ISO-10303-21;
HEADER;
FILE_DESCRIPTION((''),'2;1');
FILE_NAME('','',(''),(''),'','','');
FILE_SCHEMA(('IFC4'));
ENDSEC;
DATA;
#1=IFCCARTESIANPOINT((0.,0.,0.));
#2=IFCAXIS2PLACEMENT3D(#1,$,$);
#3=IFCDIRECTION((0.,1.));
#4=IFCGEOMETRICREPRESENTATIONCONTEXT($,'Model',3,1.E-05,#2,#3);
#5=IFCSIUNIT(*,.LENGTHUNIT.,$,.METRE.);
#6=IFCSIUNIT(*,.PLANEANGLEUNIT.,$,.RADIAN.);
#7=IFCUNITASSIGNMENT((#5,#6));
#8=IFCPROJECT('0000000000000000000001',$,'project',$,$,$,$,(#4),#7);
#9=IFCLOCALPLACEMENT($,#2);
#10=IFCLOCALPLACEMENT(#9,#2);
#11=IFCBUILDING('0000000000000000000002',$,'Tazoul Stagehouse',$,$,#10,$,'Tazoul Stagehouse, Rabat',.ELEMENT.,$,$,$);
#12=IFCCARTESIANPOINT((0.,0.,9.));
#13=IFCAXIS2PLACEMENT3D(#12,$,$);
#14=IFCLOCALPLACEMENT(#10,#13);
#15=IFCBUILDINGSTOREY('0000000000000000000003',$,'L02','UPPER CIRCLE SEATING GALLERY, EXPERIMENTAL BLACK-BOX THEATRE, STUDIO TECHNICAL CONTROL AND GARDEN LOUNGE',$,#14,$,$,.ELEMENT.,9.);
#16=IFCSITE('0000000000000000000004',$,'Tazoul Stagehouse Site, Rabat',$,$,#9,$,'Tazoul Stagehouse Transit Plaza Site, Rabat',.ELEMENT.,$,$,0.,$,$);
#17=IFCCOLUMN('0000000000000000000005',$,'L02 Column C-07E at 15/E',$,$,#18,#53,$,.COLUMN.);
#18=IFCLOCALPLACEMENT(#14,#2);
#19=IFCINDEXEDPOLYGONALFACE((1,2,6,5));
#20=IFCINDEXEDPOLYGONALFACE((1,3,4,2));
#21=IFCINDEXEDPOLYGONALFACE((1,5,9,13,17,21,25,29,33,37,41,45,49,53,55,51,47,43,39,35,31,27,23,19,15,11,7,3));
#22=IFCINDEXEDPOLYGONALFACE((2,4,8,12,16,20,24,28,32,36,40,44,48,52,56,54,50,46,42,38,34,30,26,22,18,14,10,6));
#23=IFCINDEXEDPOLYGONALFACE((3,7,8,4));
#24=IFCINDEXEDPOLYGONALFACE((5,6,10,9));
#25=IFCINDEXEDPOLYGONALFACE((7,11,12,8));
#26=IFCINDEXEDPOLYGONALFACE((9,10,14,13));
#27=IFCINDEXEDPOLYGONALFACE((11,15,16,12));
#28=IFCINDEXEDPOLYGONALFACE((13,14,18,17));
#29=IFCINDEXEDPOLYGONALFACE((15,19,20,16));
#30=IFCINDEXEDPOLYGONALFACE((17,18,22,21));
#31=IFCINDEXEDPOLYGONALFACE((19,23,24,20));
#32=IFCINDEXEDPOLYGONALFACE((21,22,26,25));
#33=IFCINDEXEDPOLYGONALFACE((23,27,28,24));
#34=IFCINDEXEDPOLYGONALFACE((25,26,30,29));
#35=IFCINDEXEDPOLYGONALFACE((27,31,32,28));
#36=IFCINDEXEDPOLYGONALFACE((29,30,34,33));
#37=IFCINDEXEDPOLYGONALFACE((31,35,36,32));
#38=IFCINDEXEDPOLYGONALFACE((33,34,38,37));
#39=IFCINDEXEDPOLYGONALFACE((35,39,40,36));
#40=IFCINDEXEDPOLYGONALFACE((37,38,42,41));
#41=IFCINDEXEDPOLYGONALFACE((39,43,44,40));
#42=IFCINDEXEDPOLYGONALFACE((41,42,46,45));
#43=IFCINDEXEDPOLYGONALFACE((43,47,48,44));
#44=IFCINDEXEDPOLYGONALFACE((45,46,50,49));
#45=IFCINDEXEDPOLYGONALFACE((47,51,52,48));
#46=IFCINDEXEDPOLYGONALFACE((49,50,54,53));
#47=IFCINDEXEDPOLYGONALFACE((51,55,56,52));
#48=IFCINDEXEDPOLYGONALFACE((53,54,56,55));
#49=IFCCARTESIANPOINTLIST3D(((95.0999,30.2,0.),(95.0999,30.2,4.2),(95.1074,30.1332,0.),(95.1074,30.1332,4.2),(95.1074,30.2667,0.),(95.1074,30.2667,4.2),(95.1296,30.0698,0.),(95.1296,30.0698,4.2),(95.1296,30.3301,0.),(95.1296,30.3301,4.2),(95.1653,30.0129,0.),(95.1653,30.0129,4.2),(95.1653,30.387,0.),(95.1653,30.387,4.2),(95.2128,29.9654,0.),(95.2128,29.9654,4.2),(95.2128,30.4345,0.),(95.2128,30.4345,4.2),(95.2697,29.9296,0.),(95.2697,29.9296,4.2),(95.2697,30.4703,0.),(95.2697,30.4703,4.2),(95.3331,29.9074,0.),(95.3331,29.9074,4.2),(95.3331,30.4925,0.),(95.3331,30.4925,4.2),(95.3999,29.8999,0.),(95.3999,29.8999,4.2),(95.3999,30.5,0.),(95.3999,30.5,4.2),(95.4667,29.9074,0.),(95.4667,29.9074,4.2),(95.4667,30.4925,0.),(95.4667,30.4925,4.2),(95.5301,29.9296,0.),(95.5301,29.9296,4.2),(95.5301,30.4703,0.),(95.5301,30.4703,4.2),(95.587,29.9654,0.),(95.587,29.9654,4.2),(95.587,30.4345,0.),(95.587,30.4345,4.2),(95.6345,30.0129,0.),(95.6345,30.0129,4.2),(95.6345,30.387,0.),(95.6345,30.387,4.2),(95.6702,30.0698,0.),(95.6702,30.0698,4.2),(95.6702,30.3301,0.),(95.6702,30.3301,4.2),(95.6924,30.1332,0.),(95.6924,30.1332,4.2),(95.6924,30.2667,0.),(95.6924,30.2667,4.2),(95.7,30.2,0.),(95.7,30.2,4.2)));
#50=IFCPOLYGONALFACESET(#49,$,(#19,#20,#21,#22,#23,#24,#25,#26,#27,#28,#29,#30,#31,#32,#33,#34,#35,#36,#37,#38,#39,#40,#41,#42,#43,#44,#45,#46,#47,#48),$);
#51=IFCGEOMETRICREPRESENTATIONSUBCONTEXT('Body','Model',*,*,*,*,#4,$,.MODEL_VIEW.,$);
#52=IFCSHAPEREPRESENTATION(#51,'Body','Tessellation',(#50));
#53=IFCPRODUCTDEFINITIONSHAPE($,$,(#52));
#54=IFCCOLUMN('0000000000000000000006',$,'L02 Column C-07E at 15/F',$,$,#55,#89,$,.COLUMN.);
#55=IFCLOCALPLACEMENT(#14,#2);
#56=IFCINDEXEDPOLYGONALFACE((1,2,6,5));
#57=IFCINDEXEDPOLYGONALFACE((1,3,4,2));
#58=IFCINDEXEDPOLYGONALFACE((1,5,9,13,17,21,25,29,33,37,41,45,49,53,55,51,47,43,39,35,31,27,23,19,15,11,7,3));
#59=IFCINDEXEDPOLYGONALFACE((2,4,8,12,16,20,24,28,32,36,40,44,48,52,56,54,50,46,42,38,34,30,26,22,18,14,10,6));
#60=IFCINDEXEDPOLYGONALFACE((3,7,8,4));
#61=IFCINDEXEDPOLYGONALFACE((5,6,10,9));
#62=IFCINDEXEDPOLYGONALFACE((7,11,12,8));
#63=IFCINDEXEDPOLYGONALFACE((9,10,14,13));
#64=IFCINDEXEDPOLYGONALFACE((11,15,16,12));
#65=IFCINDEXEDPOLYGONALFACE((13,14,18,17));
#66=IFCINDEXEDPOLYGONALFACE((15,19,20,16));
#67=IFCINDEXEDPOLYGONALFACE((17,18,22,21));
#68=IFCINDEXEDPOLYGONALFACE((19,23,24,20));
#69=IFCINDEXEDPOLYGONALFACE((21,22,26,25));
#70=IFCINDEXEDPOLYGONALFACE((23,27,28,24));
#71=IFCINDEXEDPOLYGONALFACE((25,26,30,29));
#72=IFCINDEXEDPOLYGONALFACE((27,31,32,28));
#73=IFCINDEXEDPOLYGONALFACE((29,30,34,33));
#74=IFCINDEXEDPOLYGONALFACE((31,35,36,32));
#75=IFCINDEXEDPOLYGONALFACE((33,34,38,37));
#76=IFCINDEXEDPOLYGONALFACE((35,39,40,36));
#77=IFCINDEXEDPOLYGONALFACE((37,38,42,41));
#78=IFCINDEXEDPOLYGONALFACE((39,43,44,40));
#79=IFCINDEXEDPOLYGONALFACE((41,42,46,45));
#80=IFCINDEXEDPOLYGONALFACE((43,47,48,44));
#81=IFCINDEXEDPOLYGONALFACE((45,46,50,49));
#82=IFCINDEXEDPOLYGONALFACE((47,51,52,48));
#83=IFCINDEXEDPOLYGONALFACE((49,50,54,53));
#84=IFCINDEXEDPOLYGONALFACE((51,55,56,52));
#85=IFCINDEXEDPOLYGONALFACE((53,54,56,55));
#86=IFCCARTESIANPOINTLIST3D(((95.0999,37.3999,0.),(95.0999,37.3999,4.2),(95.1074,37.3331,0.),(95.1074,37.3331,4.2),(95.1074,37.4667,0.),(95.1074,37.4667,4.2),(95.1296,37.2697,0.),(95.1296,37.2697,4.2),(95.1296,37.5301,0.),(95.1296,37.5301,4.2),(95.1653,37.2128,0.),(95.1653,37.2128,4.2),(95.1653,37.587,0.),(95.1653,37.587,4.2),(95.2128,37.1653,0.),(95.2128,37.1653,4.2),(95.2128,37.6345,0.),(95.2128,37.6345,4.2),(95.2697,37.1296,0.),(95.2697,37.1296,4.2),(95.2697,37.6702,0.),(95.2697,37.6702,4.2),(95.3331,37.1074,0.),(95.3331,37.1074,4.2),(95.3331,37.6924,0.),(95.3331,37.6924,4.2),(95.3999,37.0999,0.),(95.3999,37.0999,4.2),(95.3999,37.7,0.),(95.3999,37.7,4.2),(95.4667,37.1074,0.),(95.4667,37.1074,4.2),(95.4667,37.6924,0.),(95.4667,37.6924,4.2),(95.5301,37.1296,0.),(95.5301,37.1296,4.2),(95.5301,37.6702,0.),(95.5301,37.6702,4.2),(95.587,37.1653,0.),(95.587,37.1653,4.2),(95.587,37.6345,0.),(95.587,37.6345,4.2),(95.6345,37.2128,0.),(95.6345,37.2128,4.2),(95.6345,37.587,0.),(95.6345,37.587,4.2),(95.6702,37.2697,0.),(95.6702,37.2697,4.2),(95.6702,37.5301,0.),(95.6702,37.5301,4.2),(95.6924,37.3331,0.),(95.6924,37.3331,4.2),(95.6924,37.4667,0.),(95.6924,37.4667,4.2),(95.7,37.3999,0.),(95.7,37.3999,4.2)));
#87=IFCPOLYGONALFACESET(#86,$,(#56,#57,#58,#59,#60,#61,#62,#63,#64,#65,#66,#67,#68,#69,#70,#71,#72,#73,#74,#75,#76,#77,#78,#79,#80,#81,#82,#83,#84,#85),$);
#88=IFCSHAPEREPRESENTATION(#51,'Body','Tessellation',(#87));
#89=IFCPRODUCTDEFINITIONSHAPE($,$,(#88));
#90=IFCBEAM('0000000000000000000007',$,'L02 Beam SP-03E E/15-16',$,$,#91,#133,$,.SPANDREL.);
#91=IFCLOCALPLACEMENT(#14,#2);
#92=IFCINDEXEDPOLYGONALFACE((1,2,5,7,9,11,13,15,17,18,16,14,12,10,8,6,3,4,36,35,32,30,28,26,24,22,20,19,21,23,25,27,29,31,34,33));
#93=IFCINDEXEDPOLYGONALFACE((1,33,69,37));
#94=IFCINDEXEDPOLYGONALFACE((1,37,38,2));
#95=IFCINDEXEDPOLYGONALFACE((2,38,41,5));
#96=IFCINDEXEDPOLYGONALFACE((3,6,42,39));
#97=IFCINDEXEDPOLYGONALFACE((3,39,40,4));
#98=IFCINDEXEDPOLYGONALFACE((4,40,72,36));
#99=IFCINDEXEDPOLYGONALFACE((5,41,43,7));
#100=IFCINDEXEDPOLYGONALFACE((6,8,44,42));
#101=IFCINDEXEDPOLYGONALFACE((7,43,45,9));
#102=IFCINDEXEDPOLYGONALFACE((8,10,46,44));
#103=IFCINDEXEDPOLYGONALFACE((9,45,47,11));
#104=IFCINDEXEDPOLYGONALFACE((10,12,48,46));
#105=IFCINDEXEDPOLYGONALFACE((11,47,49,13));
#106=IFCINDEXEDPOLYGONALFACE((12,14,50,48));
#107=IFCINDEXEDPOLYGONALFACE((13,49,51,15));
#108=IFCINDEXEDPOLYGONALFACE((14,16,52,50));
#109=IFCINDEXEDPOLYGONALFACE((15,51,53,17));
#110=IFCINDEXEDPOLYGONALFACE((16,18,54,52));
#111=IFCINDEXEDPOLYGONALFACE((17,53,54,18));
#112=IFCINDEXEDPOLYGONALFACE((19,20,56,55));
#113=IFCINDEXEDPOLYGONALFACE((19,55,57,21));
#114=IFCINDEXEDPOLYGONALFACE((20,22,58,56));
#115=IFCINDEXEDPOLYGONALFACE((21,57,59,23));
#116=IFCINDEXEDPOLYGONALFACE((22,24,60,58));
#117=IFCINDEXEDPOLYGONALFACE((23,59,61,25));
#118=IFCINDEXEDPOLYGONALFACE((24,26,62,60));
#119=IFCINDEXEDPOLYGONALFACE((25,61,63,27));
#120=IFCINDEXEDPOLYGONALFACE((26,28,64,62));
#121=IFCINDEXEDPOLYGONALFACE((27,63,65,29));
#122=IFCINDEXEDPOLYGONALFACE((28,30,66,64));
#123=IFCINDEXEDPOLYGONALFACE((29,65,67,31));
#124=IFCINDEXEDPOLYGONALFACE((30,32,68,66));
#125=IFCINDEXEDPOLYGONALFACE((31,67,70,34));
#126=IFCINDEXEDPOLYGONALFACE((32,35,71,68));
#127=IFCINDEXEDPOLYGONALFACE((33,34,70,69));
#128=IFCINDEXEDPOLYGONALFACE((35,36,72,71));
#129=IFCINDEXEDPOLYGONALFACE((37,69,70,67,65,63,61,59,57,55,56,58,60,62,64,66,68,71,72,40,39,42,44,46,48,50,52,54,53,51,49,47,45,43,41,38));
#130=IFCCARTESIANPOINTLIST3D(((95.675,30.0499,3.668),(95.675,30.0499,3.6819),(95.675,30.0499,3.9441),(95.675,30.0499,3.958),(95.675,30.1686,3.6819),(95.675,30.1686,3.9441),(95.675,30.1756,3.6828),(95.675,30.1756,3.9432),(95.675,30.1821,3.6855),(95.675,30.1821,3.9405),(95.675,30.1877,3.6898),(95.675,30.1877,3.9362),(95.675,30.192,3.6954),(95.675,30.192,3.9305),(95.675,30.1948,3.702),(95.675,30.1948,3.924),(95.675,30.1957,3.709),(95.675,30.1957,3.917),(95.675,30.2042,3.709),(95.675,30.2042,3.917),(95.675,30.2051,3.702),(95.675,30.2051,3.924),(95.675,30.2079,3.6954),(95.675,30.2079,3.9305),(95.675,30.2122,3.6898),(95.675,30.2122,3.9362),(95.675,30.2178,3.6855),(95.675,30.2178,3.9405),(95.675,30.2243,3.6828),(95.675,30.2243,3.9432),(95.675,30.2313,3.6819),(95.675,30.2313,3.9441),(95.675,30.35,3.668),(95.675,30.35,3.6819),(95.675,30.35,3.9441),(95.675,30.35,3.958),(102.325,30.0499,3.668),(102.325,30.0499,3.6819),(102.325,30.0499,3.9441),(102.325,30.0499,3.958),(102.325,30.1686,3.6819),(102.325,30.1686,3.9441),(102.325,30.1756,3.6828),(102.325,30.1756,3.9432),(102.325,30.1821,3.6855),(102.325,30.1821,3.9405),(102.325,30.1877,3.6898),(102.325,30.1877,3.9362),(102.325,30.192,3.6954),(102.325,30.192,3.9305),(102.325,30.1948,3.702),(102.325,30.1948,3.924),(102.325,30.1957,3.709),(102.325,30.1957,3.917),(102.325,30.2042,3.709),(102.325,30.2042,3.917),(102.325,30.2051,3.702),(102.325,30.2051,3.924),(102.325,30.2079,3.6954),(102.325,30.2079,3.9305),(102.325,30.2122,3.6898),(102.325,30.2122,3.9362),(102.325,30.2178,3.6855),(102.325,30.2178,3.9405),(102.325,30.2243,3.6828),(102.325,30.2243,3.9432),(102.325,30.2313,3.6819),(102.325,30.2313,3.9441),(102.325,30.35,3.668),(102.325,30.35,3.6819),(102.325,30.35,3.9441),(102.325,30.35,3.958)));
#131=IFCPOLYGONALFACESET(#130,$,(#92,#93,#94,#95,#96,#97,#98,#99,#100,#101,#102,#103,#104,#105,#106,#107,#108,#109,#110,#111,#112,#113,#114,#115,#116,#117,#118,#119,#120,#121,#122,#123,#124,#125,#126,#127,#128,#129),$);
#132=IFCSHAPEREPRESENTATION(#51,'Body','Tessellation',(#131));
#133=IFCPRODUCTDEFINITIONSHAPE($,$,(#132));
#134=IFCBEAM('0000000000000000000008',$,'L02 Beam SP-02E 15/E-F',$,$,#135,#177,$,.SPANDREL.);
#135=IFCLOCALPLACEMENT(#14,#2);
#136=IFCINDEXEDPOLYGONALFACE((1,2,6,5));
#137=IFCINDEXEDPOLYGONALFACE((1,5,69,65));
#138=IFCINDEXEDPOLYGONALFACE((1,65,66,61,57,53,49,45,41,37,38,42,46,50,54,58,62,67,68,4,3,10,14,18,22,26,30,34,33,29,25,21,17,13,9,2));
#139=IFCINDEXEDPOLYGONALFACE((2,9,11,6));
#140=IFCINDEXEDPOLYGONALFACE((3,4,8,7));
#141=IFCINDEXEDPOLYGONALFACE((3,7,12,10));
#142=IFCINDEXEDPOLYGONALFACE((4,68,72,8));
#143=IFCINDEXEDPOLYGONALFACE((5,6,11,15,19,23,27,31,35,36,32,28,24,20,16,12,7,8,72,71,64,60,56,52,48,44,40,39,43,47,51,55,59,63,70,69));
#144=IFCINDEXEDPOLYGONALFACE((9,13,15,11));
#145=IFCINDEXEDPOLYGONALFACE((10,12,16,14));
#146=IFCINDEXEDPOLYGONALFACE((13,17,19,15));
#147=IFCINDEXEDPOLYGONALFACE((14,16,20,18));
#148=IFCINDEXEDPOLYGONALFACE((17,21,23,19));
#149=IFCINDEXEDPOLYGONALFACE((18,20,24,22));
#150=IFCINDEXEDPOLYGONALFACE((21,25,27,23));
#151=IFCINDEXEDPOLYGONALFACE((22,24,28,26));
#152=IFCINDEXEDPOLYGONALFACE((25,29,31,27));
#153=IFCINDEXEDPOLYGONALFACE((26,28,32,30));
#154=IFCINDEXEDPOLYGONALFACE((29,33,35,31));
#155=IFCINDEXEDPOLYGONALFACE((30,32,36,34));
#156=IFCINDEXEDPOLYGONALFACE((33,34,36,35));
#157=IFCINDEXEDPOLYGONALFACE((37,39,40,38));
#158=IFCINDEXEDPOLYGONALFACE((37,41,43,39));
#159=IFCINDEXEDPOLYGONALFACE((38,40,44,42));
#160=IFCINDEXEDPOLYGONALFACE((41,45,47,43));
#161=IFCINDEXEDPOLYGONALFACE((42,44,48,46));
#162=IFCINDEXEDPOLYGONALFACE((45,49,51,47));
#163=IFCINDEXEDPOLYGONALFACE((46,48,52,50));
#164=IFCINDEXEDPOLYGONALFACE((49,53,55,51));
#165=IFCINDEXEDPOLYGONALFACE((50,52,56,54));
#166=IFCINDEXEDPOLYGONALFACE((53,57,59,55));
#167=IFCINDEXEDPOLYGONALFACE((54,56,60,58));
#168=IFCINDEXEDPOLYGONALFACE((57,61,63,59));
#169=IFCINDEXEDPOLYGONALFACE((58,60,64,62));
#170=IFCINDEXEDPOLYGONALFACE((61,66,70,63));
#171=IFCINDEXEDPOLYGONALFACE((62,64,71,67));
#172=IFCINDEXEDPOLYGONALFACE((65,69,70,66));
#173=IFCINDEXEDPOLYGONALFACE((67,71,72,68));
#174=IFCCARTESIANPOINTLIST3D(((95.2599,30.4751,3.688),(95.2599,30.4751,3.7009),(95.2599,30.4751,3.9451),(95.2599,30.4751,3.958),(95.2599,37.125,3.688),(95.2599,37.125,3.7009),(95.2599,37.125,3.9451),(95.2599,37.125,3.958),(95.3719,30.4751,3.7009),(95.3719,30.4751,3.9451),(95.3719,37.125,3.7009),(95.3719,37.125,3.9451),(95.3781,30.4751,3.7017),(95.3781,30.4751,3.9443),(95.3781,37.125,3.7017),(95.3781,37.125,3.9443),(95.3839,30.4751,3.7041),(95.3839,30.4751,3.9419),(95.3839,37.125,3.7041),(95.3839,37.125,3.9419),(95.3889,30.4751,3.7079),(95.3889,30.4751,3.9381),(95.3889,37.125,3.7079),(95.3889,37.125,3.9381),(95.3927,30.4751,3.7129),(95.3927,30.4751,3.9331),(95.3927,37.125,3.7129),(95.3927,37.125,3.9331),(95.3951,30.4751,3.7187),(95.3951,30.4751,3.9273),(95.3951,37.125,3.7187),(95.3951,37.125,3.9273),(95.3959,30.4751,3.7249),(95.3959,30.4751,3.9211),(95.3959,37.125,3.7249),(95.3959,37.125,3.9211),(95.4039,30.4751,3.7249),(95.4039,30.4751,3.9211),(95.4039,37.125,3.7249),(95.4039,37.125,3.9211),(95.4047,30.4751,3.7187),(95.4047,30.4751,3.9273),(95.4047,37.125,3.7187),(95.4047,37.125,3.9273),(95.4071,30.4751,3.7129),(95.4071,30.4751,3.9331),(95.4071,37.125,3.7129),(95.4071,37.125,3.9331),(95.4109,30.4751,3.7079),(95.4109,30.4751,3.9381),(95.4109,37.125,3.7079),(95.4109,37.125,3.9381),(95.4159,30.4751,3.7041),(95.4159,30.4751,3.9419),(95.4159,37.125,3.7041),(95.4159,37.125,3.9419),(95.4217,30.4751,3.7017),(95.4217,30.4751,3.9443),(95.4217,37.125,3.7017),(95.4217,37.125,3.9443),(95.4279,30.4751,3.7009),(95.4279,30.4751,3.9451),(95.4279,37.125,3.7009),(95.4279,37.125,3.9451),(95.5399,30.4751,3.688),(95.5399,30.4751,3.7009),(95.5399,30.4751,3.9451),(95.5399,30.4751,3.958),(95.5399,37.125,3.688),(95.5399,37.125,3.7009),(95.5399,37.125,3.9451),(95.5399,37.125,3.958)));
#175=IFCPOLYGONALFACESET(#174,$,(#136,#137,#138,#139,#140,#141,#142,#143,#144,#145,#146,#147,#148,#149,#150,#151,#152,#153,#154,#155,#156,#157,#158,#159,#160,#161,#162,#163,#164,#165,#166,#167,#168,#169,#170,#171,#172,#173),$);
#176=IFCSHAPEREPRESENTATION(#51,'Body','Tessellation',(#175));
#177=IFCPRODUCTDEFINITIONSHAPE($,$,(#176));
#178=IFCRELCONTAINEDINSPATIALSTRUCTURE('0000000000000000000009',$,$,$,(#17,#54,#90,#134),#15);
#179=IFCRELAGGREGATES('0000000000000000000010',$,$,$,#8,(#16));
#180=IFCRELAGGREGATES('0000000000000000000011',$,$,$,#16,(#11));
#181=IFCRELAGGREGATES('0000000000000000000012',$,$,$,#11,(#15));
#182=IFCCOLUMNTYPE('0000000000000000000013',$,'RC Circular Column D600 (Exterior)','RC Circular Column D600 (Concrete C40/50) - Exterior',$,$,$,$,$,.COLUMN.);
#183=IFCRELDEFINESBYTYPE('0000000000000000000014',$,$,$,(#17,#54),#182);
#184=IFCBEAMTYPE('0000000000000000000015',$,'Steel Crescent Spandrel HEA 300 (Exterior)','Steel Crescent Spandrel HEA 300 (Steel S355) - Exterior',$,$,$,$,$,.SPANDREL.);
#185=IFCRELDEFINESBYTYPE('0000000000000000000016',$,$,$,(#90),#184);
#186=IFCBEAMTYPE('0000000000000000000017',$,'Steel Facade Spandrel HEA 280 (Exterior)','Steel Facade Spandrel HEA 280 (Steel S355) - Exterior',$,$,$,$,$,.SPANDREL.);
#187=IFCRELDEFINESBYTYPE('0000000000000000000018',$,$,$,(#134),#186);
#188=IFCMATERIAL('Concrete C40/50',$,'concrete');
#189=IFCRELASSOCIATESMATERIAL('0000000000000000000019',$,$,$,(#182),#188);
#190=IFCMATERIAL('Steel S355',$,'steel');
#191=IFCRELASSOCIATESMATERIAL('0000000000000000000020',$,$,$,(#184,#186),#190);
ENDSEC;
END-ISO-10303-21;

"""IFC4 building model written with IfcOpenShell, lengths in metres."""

from ifc_helpers import new_model, si_unit, direction, frame, origin, origin_2d, place, context, subcontext, project, spatial, circle, i_section, extrude, material, material_profile, profile_set, type_object, element, save


model = new_model("IFC4")

# Units and contexts
model_context = context("Model", 3, precision=1e-05, world=origin(), true_north=direction((0.0, 1.0)))
body_context = subcontext(model_context, "Body", "Model", "MODEL_VIEW")
ifc_project = project(units=[si_unit("LENGTHUNIT", "METRE"), si_unit("PLANEANGLEUNIT", "RADIAN")], contexts=[model_context])

# Site, building, storey
site_placement = place(None, origin())
site = spatial("IfcSite", under=ifc_project, at=site_placement, Name="Tazoul Stagehouse Site, Rabat", LongName="Tazoul Stagehouse Transit Plaza Site, Rabat", CompositionType="ELEMENT", RefElevation=0.0)
building_placement = place(site_placement, origin())
building = spatial("IfcBuilding", under=site, at=building_placement, Name="Tazoul Stagehouse", LongName="Tazoul Stagehouse, Rabat", CompositionType="ELEMENT")
storey_placement = place(building_placement, frame((0.0, 0.0, 9.0)))
storey = spatial("IfcBuildingStorey", under=building, at=storey_placement, Name="L02", Description="UPPER CIRCLE SEATING GALLERY, EXPERIMENTAL BLACK-BOX THEATRE, STUDIO TECHNICAL CONTROL AND GARDEN LOUNGE", CompositionType="ELEMENT", Elevation=9.0)

# Columns
ifc_material_1 = material(Name="Concrete C40/50", Category="concrete")
ifc_material_profile_1 = material_profile(ifc_material_1, circle(Radius=0.3, at=origin_2d()), Name="RC D600")
ifc_profile_set_1 = profile_set([ifc_material_profile_1], Name="Concrete C40/50")
column_type = type_object("IfcColumnType", Name="RC Circular Column D600 (Exterior)", Description="RC Circular Column D600 (Concrete C40/50) - Exterior", PredefinedType="COLUMN", material=ifc_profile_set_1)
for number, where, z_axis, x_axis, name in (
    (1, (95.3999, 30.2, 0.0), (0.0, 0.0, 1.0), (1.0, 0.0, 0.0), "L02 Column C-07E at 15/E"),
    (2, (95.3999, 37.3999, 0.0), (0.0, 0.0, 1.0), (1.0, 0.0, 0.0), "L02 Column C-07E at 15/F"),
):
    element("IfcColumn", number, at=place(storey_placement, frame(where, z_axis=z_axis, x_axis=x_axis)), inside=storey, type_object=column_type, Name=name, PredefinedType="COLUMN", context=body_context, shape_type="SweptSolid", body=[
        extrude(circle(Radius=0.3, at=origin_2d()), origin(), (0.0, 0.0, 1.0), 4.2),
    ])

# Beams
ifc_material_2 = material(Name="Steel S355", Category="steel")
ifc_material_profile_2 = material_profile(ifc_material_2, i_section(OverallWidth=0.3, OverallDepth=0.29, WebThickness=0.0085, FlangeThickness=0.0139, FilletRadius=0.0271, at=origin_2d()), Name="HEA 300")
ifc_profile_set_2 = profile_set([ifc_material_profile_2], Name="Steel S355")
beam_type_1 = type_object("IfcBeamType", Name="Steel Crescent Spandrel HEA 300 (Exterior)", Description="Steel Crescent Spandrel HEA 300 (Steel S355) - Exterior", PredefinedType="SPANDREL", material=ifc_profile_set_2)
beam_1_placement = place(storey_placement, frame((95.675, 30.2, 3.813), z_axis=(1.0, 0.0, 0.0), x_axis=(0.0, 1.0, 0.0)))
element("IfcBeam", 3, at=beam_1_placement, inside=storey, type_object=beam_type_1, Name="L02 Beam SP-03E E/15-16", PredefinedType="SPANDREL", context=body_context, shape_type="SweptSolid", body=[
    extrude(i_section(OverallWidth=0.3, OverallDepth=0.29, WebThickness=0.0085, FlangeThickness=0.0139, FilletRadius=0.0271, at=origin_2d()), origin(), (0.0, 0.0, 1.0), 6.6499),
])
ifc_material_profile_3 = material_profile(ifc_material_2, i_section(OverallWidth=0.28, OverallDepth=0.27, WebThickness=0.0081, FlangeThickness=0.0129, FilletRadius=0.0239, at=origin_2d()), Name="HEA 280")
ifc_profile_set_3 = profile_set([ifc_material_profile_3], Name="Steel S355")
beam_type_2 = type_object("IfcBeamType", Name="Steel Facade Spandrel HEA 280 (Exterior)", Description="Steel Facade Spandrel HEA 280 (Steel S355) - Exterior", PredefinedType="SPANDREL", material=ifc_profile_set_3)
beam_2_placement = place(storey_placement, frame((95.3999, 30.4751, 3.823), z_axis=(0.0, 1.0, 0.0), x_axis=(-1.0, 0.0, 0.0)))
element("IfcBeam", 4, at=beam_2_placement, inside=storey, type_object=beam_type_2, Name="L02 Beam SP-02E 15/E-F", PredefinedType="SPANDREL", context=body_context, shape_type="SweptSolid", body=[
    extrude(i_section(OverallWidth=0.28, OverallDepth=0.27, WebThickness=0.0081, FlangeThickness=0.0129, FilletRadius=0.0239, at=origin_2d()), origin(), (0.0, 0.0, 1.0), 6.6499),
])

save(model, "model.ifc")
